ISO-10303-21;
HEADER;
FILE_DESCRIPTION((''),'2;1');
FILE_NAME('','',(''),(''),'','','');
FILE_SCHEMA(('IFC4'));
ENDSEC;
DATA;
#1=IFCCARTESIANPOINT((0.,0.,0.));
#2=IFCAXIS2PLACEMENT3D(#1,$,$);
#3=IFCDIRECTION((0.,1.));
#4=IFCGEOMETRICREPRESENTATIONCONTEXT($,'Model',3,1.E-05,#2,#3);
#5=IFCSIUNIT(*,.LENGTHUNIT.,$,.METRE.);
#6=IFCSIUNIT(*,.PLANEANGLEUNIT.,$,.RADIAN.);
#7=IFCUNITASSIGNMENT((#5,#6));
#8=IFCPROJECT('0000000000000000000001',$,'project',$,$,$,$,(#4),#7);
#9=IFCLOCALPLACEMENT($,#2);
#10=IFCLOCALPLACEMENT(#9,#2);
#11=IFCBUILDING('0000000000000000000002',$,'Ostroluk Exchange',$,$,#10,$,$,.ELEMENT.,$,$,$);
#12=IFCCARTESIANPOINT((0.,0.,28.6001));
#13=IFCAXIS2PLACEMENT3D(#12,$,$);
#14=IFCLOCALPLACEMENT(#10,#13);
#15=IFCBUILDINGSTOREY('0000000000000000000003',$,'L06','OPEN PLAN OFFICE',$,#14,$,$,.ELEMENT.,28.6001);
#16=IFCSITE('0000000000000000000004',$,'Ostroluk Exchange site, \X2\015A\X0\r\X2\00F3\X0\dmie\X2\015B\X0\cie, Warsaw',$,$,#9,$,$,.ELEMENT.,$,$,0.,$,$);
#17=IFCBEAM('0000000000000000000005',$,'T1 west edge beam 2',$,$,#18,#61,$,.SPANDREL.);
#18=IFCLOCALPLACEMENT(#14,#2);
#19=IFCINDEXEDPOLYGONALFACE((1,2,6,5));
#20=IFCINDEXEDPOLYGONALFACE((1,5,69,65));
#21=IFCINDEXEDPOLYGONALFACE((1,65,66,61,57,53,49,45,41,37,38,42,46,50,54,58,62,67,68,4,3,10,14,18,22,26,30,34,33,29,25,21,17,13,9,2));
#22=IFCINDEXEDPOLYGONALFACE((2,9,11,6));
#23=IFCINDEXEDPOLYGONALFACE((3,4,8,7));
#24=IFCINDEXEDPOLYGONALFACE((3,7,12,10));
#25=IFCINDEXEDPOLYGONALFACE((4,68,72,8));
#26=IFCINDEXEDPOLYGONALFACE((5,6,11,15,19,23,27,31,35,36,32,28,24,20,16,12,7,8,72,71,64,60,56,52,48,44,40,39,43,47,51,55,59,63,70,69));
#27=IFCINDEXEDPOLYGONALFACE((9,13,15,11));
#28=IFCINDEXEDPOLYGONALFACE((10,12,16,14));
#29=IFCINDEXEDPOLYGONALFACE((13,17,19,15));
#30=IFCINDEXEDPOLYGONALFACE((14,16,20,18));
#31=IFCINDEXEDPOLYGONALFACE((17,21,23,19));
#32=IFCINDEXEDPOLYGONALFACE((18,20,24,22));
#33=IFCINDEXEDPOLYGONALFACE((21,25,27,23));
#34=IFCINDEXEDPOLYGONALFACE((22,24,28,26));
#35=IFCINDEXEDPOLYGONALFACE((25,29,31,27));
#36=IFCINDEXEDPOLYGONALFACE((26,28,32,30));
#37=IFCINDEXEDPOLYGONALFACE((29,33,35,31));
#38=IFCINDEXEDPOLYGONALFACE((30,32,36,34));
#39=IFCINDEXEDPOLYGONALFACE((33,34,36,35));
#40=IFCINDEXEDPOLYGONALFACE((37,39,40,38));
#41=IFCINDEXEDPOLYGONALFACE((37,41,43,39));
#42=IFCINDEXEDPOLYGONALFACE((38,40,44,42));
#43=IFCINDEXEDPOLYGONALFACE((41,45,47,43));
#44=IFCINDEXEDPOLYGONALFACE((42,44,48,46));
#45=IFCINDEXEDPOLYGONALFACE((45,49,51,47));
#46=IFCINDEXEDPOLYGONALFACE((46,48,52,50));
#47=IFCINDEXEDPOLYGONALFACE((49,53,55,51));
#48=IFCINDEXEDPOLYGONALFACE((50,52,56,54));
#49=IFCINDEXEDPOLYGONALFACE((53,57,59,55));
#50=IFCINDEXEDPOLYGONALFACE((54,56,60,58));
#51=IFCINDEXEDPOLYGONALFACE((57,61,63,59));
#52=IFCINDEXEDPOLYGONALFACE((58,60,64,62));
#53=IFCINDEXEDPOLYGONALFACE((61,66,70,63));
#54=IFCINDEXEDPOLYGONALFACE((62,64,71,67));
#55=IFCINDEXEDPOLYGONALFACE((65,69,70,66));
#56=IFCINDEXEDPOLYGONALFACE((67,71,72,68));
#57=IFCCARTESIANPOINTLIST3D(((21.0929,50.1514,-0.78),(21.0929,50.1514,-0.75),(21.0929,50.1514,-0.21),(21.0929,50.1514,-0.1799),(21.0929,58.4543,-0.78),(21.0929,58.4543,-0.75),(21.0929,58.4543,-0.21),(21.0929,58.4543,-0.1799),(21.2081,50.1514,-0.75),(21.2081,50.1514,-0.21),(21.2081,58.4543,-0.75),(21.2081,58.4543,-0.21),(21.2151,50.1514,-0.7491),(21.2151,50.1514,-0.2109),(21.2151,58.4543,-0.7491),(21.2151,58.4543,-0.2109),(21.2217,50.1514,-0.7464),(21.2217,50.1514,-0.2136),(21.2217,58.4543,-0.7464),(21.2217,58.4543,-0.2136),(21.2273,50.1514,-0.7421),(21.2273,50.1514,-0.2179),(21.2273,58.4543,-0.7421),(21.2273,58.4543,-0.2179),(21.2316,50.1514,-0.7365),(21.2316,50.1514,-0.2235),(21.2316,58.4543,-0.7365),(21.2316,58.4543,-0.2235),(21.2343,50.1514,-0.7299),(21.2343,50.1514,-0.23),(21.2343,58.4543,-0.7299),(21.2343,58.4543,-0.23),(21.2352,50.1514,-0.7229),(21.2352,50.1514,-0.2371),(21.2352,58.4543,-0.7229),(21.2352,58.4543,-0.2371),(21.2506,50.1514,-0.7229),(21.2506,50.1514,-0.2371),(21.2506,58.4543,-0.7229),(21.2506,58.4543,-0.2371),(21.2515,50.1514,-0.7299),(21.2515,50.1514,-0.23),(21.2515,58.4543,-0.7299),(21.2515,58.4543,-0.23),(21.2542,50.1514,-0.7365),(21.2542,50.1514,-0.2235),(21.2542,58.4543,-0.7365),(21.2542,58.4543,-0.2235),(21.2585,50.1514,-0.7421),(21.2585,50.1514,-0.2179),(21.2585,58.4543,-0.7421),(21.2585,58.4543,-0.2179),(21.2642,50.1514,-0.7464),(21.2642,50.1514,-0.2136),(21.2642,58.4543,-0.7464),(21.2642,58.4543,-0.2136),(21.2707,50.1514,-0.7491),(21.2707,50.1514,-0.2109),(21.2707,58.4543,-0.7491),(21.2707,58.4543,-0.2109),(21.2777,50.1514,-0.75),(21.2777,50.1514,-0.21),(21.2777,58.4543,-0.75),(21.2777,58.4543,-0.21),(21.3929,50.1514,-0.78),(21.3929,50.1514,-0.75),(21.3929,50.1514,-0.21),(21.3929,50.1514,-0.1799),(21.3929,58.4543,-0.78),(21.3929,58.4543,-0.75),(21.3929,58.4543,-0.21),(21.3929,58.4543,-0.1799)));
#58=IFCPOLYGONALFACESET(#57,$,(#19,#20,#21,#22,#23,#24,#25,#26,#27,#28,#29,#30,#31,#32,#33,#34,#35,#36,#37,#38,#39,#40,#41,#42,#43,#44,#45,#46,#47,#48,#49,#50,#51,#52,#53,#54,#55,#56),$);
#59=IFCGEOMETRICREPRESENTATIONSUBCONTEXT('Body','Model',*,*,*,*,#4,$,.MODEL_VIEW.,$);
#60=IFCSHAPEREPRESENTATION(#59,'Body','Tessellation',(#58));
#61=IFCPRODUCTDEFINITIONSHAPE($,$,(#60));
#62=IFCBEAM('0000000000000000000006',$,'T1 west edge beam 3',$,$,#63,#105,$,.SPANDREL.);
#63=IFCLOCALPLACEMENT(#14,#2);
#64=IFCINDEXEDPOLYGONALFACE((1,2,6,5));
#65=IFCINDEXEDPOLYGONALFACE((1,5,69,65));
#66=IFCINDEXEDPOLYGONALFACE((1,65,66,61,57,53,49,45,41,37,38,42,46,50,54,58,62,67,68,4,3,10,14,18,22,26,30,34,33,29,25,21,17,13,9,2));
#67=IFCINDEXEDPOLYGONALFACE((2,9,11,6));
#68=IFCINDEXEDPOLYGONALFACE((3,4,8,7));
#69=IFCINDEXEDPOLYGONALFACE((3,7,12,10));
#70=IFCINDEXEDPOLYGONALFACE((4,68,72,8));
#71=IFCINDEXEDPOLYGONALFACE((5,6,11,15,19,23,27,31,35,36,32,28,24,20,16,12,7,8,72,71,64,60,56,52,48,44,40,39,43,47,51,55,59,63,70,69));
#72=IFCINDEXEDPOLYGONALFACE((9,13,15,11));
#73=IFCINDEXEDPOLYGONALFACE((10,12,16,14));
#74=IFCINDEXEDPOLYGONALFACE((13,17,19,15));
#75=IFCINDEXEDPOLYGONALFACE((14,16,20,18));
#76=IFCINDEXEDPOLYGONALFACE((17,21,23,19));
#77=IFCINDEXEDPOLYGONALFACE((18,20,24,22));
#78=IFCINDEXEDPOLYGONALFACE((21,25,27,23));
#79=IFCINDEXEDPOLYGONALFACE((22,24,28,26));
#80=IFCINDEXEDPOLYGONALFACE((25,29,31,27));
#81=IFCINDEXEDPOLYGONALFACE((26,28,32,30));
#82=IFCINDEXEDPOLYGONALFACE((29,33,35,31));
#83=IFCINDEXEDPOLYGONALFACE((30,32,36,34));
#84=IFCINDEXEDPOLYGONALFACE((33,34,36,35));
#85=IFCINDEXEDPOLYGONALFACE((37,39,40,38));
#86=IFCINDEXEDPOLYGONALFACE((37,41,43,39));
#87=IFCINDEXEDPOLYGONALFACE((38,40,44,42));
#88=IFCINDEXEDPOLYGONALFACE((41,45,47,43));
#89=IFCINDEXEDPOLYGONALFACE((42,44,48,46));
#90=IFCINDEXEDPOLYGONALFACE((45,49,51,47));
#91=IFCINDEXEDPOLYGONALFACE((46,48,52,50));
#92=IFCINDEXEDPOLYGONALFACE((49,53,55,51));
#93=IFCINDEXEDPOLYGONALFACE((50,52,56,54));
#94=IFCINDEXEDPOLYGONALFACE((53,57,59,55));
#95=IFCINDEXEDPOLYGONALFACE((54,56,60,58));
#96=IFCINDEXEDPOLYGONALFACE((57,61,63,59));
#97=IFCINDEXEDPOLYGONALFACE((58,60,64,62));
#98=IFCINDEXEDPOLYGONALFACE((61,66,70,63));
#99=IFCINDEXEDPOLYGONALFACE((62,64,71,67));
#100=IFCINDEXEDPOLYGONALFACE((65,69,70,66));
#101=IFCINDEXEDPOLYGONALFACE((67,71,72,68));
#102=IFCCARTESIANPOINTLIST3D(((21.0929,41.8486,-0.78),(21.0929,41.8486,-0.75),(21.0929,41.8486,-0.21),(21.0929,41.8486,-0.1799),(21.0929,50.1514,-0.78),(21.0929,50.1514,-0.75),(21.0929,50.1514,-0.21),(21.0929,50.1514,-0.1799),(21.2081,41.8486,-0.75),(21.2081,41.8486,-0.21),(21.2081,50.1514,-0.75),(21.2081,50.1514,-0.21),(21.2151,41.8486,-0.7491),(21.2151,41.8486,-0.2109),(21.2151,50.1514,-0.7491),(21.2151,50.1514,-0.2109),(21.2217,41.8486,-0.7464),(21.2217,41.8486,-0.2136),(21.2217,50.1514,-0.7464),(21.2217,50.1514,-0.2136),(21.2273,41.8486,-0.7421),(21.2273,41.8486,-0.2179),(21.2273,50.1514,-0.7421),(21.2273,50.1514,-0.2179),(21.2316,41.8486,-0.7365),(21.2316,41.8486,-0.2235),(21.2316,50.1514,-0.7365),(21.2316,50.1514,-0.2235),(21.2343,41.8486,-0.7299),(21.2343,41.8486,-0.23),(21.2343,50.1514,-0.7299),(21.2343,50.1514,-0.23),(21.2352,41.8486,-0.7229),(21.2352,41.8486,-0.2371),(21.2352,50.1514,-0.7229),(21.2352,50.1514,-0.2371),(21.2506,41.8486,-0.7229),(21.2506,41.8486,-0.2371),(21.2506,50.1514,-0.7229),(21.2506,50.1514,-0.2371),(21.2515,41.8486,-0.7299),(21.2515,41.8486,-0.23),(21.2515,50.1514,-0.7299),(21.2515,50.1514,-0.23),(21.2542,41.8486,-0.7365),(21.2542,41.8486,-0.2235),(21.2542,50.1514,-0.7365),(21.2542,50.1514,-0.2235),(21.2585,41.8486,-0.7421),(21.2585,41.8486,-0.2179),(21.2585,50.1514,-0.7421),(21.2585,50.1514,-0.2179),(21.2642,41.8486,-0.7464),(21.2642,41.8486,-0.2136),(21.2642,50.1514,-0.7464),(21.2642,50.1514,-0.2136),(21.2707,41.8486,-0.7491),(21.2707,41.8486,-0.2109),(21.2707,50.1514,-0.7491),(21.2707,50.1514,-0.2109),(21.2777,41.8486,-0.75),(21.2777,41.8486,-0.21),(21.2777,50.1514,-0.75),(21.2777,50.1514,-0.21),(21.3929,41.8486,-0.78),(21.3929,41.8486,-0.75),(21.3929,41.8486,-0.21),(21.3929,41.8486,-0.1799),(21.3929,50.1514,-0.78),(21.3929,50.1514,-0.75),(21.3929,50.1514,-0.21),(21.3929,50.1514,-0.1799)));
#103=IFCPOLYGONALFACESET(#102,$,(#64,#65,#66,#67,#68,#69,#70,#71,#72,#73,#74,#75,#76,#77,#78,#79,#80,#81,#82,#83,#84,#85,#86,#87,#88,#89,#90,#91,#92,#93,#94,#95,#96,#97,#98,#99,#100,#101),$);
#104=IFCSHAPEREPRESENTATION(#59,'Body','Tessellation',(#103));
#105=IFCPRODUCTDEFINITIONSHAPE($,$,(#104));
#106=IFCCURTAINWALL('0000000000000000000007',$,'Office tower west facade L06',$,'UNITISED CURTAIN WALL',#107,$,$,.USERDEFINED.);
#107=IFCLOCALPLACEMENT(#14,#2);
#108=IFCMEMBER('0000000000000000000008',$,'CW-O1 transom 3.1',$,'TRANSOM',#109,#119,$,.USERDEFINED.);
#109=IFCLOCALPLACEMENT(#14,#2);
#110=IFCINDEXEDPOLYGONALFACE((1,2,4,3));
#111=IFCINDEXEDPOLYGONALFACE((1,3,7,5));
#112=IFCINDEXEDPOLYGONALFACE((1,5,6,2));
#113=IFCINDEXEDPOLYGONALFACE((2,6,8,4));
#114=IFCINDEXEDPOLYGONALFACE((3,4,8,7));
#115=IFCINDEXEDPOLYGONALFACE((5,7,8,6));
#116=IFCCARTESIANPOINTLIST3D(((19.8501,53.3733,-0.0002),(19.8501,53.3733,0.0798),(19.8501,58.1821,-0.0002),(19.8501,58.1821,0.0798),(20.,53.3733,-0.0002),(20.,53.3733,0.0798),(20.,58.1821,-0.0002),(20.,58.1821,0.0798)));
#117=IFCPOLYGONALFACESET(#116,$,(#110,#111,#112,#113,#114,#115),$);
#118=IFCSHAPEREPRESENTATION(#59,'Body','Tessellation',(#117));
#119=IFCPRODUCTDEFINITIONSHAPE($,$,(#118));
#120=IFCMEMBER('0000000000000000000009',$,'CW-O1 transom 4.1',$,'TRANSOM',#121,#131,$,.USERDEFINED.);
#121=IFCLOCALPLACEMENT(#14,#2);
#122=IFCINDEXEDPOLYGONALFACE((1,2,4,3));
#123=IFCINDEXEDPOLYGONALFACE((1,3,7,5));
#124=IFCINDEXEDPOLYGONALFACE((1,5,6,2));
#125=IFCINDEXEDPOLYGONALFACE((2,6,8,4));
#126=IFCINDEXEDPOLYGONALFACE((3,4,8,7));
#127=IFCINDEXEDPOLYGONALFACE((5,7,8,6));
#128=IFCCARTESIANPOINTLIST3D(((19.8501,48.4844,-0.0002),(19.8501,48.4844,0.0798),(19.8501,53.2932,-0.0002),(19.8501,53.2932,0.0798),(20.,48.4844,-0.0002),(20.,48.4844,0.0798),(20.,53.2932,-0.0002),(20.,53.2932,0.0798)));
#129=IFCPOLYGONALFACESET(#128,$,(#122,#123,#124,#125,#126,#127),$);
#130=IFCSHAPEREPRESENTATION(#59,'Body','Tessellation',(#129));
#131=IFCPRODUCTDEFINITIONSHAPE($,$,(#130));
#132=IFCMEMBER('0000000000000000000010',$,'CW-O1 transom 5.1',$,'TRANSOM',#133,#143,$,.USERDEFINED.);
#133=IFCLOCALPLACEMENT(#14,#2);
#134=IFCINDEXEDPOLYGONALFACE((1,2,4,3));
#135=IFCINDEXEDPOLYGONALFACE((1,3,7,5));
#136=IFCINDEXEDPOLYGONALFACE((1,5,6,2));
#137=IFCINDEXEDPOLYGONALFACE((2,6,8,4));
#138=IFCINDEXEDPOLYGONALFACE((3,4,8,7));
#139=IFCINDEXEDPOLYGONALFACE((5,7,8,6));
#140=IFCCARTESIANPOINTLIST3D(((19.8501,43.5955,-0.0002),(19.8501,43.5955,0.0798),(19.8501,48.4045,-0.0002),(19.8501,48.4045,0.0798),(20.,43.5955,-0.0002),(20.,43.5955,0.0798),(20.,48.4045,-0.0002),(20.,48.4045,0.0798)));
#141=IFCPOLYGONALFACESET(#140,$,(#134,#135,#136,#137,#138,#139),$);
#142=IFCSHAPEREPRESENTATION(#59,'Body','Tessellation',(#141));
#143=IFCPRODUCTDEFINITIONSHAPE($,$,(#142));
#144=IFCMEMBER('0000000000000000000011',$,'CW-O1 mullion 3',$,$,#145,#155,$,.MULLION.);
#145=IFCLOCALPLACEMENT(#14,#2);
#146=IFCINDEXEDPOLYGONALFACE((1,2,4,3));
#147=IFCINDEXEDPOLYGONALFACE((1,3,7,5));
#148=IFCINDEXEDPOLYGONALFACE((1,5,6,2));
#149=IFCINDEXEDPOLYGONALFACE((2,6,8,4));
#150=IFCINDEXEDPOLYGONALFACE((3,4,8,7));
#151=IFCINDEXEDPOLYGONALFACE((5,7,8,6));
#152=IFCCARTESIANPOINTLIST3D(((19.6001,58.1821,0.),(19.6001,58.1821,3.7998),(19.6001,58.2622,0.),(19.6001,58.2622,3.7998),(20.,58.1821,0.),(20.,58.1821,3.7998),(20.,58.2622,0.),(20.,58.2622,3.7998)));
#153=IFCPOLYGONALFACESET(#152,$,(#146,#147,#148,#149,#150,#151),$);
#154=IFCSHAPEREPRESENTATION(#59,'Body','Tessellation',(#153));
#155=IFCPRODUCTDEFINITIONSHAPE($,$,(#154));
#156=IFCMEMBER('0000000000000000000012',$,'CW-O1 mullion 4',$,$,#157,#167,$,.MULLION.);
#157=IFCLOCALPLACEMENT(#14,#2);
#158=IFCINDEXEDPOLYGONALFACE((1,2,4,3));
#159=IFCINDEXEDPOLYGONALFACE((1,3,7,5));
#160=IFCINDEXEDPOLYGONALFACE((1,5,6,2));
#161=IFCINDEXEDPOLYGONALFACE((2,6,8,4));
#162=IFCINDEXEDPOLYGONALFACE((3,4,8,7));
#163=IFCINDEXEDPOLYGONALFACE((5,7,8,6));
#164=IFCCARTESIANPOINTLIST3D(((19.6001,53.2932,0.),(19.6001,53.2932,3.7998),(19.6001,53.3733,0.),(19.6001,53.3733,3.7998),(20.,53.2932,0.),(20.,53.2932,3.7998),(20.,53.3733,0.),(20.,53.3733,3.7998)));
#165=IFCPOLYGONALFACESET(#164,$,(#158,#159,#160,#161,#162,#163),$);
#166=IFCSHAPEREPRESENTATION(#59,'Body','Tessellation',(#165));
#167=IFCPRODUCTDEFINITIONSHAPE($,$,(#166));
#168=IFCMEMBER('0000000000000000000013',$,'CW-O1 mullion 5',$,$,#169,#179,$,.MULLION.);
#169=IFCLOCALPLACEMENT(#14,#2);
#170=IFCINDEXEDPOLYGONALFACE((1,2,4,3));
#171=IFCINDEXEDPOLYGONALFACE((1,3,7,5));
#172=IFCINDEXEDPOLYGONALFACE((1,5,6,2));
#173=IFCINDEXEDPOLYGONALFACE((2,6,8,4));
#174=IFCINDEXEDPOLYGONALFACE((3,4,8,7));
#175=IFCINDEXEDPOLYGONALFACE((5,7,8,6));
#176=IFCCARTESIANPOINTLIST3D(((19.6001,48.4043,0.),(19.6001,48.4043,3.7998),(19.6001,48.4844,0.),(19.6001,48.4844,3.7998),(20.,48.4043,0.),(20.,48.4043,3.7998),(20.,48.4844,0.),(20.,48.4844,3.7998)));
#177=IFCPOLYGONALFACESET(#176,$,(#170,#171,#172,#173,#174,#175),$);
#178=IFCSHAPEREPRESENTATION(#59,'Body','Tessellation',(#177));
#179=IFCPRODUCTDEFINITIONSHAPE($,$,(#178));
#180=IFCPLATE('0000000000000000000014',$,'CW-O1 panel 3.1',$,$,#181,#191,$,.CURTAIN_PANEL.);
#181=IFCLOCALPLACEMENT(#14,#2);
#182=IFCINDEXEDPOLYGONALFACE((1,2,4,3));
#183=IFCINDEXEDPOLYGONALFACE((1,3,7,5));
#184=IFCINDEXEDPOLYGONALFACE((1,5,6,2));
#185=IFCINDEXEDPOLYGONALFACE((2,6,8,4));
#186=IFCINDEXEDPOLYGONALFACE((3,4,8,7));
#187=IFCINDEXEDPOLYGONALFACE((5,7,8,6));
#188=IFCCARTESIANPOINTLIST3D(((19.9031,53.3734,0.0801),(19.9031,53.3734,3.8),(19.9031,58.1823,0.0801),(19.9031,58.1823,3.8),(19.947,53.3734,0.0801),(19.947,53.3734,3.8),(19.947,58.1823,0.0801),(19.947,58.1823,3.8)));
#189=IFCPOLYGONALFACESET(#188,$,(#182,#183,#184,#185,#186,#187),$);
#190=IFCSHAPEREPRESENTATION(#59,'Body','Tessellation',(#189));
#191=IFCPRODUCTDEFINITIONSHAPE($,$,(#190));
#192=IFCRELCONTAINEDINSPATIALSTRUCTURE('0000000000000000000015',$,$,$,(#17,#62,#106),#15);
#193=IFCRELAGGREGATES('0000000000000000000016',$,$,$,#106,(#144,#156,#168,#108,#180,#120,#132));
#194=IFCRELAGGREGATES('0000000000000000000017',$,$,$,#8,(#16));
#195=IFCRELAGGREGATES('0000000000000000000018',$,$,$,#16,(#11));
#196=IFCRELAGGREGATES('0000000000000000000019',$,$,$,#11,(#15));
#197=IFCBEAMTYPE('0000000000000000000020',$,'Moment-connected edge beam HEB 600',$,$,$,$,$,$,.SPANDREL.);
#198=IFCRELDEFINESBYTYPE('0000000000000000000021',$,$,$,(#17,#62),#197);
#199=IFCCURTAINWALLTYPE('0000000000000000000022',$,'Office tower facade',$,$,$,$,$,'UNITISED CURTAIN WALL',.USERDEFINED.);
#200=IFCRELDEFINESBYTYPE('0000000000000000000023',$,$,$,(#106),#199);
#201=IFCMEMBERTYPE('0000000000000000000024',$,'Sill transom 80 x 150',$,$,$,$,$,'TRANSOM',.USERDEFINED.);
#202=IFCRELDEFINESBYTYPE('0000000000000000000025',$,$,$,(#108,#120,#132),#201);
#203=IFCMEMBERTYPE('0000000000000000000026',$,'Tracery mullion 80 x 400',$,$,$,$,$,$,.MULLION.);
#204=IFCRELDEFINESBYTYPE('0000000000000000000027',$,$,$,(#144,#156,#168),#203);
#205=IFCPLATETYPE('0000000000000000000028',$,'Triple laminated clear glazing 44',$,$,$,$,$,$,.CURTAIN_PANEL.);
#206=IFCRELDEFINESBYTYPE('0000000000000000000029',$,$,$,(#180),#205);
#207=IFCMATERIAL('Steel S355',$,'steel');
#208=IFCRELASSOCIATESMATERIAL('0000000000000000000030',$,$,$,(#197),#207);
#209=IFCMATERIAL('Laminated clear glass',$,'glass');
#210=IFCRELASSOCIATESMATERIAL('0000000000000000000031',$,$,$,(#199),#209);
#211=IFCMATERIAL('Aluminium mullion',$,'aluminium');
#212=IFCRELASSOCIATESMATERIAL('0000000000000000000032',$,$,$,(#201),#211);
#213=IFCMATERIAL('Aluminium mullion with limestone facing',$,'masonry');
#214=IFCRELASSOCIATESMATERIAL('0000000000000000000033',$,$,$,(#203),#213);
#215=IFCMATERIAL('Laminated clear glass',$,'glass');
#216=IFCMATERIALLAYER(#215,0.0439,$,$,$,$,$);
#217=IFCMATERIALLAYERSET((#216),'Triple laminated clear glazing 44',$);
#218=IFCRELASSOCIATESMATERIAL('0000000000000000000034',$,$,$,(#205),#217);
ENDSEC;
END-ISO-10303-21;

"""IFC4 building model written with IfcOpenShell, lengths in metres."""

from ifc_helpers import new_model, si_unit, direction, frame, origin, origin_2d, place, context, subcontext, project, spatial, rectangle, i_section, extrude, material, layer, layer_set, material_profile, profile_set, type_object, element, aggregate, save


model = new_model("IFC4")

# Units and contexts
model_context = context("Model", 3, precision=1e-05, world=origin(), true_north=direction((0.0, 1.0)))
body_context = subcontext(model_context, "Body", "Model", "MODEL_VIEW")
ifc_project = project(units=[si_unit("LENGTHUNIT", "METRE"), si_unit("PLANEANGLEUNIT", "RADIAN")], contexts=[model_context])

# Site, building, storey
site_placement = place(None, origin())
site = spatial("IfcSite", under=ifc_project, at=site_placement, Name="Ostroluk Exchange site, Śródmieście, Warsaw", CompositionType="ELEMENT", RefElevation=0.0)
building_placement = place(site_placement, origin())
building = spatial("IfcBuilding", under=site, at=building_placement, Name="Ostroluk Exchange", CompositionType="ELEMENT")
storey_placement = place(building_placement, frame((0.0, 0.0, 28.6001)))
storey = spatial("IfcBuildingStorey", under=building, at=storey_placement, Name="L06", Description="OPEN PLAN OFFICE", CompositionType="ELEMENT", Elevation=28.6001)

# Beams
ifc_material_1 = material(Name="Steel S355", Category="steel")
ifc_material_profile_1 = material_profile(ifc_material_1, i_section(OverallWidth=0.3, OverallDepth=0.6001, WebThickness=0.0154, FlangeThickness=0.03, FilletRadius=0.0271, at=origin_2d()), Name="HEB 600")
ifc_profile_set_1 = profile_set([ifc_material_profile_1], Name="Steel S355")
beam_type_1 = type_object("IfcBeamType", Name="Moment-connected edge beam HEB 600", PredefinedType="SPANDREL", material=ifc_profile_set_1)
beam_1_placement = place(storey_placement, frame((21.2429, 58.4543, -0.48), z_axis=(0.0, -1.0, 0.0), x_axis=(1.0, 0.0, 0.0)))
element("IfcBeam", 1, at=beam_1_placement, inside=storey, type_object=beam_type_1, Name="T1 west edge beam 2", PredefinedType="SPANDREL", context=body_context, shape_type="SweptSolid", body=[
    extrude(i_section(OverallWidth=0.3, OverallDepth=0.6001, WebThickness=0.0154, FlangeThickness=0.03, FilletRadius=0.0271, at=origin_2d()), origin(), (0.0, 0.0, 1.0), 8.303),
])
beam_2_placement = place(storey_placement, frame((21.2429, 50.1514, -0.48), z_axis=(0.0, -1.0, 0.0), x_axis=(1.0, 0.0, 0.0)))
element("IfcBeam", 2, at=beam_2_placement, inside=storey, type_object=beam_type_1, Name="T1 west edge beam 3", PredefinedType="SPANDREL", context=body_context, shape_type="SweptSolid", body=[
    extrude(i_section(OverallWidth=0.3, OverallDepth=0.6001, WebThickness=0.0154, FlangeThickness=0.03, FilletRadius=0.0271, at=origin_2d()), origin(), (0.0, 0.0, 1.0), 8.3027),
])

# Curtain wall, members, plate
ifc_material_2 = material(Name="Laminated clear glass", Category="glass")
curtain_wall_type = type_object("IfcCurtainWallType", Name="Office tower facade", ElementType="UNITISED CURTAIN WALL", PredefinedType="USERDEFINED", material=ifc_material_2)
curtain_wall_placement = place(storey_placement, origin())
curtain_wall = element("IfcCurtainWall", 3, at=curtain_wall_placement, inside=storey, type_object=curtain_wall_type, Name="Office tower west facade L06", ObjectType="UNITISED CURTAIN WALL", PredefinedType="USERDEFINED")
ifc_material_3 = material(Name="Aluminium mullion", Category="aluminium")
ifc_material_profile_2 = material_profile(ifc_material_3, rectangle(XDim=0.1499, YDim=0.0801, at=origin_2d()), Name="Sill transom 80 x 150")
ifc_profile_set_2 = profile_set([ifc_material_profile_2], Name="Aluminium mullion")
member_type_1 = type_object("IfcMemberType", Name="Sill transom 80 x 150", ElementType="TRANSOM", PredefinedType="USERDEFINED", material=ifc_profile_set_2)
member_1_placement = place(storey_placement, frame((19.925, 58.1821, 0.0398), z_axis=(0.0, -1.0, 0.0), x_axis=(1.0, 0.0, 0.0)))
member_1 = element("IfcMember", 4, at=member_1_placement, type_object=member_type_1, Name="CW-O1 transom 3.1", ObjectType="TRANSOM", PredefinedType="USERDEFINED", context=body_context, shape_type="SweptSolid", body=[
    extrude(rectangle(XDim=0.1499, YDim=0.0801, at=origin_2d()), origin(), (0.0, 0.0, 1.0), 4.8088),
])
member_2_placement = place(storey_placement, frame((19.925, 53.2932, 0.0398), z_axis=(0.0, -1.0, 0.0), x_axis=(1.0, 0.0, 0.0)))
member_2 = element("IfcMember", 5, at=member_2_placement, type_object=member_type_1, Name="CW-O1 transom 4.1", ObjectType="TRANSOM", PredefinedType="USERDEFINED", context=body_context, shape_type="SweptSolid", body=[
    extrude(rectangle(XDim=0.1499, YDim=0.0801, at=origin_2d()), origin(), (0.0, 0.0, 1.0), 4.8088),
])
member_3_placement = place(storey_placement, frame((19.925, 48.4045, 0.0398), z_axis=(0.0, -1.0, 0.0), x_axis=(1.0, 0.0, 0.0)))
member_3 = element("IfcMember", 6, at=member_3_placement, type_object=member_type_1, Name="CW-O1 transom 5.1", ObjectType="TRANSOM", PredefinedType="USERDEFINED", context=body_context, shape_type="SweptSolid", body=[
    extrude(rectangle(XDim=0.1499, YDim=0.0801, at=origin_2d()), origin(), (0.0, 0.0, 1.0), 4.8091),
])
ifc_material_4 = material(Name="Aluminium mullion with limestone facing", Category="masonry")
ifc_material_profile_3 = material_profile(ifc_material_4, rectangle(XDim=0.3999, YDim=0.0801, at=origin_2d()), Name="Tracery mullion 80 x 400")
ifc_profile_set_3 = profile_set([ifc_material_profile_3], Name="Aluminium mullion with limestone facing")
member_type_2 = type_object("IfcMemberType", Name="Tracery mullion 80 x 400", PredefinedType="MULLION", material=ifc_profile_set_3)
member_4_placement = place(storey_placement, frame((19.8, 58.2222, 0.0), z_axis=(0.0, 0.0, 1.0), x_axis=(1.0, 0.0, 0.0)))
member_4 = element("IfcMember", 7, at=member_4_placement, type_object=member_type_2, Name="CW-O1 mullion 3", PredefinedType="MULLION", context=body_context, shape_type="SweptSolid", body=[
    extrude(rectangle(XDim=0.3999, YDim=0.0801, at=origin_2d()), origin(), (0.0, 0.0, 1.0), 3.7998),
])
member_5_placement = place(storey_placement, frame((19.8, 53.3333, 0.0), z_axis=(0.0, 0.0, 1.0), x_axis=(1.0, 0.0, 0.0)))
member_5 = element("IfcMember", 8, at=member_5_placement, type_object=member_type_2, Name="CW-O1 mullion 4", PredefinedType="MULLION", context=body_context, shape_type="SweptSolid", body=[
    extrude(rectangle(XDim=0.3999, YDim=0.0801, at=origin_2d()), origin(), (0.0, 0.0, 1.0), 3.7998),
])
member_6_placement = place(storey_placement, frame((19.8, 48.4443, 0.0), z_axis=(0.0, 0.0, 1.0), x_axis=(1.0, 0.0, 0.0)))
member_6 = element("IfcMember", 9, at=member_6_placement, type_object=member_type_2, Name="CW-O1 mullion 5", PredefinedType="MULLION", context=body_context, shape_type="SweptSolid", body=[
    extrude(rectangle(XDim=0.3999, YDim=0.0801, at=origin_2d()), origin(), (0.0, 0.0, 1.0), 3.7998),
])
ifc_material_5 = material(Name="Laminated clear glass", Category="glass")
ifc_layer_1 = layer(ifc_material_5, 0.0439)
ifc_layer_set_1 = layer_set([ifc_layer_1], Name="Triple laminated clear glazing 44")
plate_type = type_object("IfcPlateType", Name="Triple laminated clear glazing 44", PredefinedType="CURTAIN_PANEL", material=ifc_layer_set_1)
plate_1_placement = place(storey_placement, frame((19.925, 55.7778, 0.0801), z_axis=(0.0, 0.0, 1.0), x_axis=(0.0, -1.0, 0.0)))
plate_1 = element("IfcPlate", 10, at=plate_1_placement, type_object=plate_type, Name="CW-O1 panel 3.1", PredefinedType="CURTAIN_PANEL", context=body_context, shape_type="SweptSolid", body=[
    extrude(rectangle(XDim=4.8088, YDim=0.0439, at=origin_2d()), origin(), (0.0, 0.0, 1.0), 3.72),
])
aggregate(curtain_wall, [member_4, member_5, member_6, member_1, plate_1, member_2, member_3])

save(model, "model.ifc")
